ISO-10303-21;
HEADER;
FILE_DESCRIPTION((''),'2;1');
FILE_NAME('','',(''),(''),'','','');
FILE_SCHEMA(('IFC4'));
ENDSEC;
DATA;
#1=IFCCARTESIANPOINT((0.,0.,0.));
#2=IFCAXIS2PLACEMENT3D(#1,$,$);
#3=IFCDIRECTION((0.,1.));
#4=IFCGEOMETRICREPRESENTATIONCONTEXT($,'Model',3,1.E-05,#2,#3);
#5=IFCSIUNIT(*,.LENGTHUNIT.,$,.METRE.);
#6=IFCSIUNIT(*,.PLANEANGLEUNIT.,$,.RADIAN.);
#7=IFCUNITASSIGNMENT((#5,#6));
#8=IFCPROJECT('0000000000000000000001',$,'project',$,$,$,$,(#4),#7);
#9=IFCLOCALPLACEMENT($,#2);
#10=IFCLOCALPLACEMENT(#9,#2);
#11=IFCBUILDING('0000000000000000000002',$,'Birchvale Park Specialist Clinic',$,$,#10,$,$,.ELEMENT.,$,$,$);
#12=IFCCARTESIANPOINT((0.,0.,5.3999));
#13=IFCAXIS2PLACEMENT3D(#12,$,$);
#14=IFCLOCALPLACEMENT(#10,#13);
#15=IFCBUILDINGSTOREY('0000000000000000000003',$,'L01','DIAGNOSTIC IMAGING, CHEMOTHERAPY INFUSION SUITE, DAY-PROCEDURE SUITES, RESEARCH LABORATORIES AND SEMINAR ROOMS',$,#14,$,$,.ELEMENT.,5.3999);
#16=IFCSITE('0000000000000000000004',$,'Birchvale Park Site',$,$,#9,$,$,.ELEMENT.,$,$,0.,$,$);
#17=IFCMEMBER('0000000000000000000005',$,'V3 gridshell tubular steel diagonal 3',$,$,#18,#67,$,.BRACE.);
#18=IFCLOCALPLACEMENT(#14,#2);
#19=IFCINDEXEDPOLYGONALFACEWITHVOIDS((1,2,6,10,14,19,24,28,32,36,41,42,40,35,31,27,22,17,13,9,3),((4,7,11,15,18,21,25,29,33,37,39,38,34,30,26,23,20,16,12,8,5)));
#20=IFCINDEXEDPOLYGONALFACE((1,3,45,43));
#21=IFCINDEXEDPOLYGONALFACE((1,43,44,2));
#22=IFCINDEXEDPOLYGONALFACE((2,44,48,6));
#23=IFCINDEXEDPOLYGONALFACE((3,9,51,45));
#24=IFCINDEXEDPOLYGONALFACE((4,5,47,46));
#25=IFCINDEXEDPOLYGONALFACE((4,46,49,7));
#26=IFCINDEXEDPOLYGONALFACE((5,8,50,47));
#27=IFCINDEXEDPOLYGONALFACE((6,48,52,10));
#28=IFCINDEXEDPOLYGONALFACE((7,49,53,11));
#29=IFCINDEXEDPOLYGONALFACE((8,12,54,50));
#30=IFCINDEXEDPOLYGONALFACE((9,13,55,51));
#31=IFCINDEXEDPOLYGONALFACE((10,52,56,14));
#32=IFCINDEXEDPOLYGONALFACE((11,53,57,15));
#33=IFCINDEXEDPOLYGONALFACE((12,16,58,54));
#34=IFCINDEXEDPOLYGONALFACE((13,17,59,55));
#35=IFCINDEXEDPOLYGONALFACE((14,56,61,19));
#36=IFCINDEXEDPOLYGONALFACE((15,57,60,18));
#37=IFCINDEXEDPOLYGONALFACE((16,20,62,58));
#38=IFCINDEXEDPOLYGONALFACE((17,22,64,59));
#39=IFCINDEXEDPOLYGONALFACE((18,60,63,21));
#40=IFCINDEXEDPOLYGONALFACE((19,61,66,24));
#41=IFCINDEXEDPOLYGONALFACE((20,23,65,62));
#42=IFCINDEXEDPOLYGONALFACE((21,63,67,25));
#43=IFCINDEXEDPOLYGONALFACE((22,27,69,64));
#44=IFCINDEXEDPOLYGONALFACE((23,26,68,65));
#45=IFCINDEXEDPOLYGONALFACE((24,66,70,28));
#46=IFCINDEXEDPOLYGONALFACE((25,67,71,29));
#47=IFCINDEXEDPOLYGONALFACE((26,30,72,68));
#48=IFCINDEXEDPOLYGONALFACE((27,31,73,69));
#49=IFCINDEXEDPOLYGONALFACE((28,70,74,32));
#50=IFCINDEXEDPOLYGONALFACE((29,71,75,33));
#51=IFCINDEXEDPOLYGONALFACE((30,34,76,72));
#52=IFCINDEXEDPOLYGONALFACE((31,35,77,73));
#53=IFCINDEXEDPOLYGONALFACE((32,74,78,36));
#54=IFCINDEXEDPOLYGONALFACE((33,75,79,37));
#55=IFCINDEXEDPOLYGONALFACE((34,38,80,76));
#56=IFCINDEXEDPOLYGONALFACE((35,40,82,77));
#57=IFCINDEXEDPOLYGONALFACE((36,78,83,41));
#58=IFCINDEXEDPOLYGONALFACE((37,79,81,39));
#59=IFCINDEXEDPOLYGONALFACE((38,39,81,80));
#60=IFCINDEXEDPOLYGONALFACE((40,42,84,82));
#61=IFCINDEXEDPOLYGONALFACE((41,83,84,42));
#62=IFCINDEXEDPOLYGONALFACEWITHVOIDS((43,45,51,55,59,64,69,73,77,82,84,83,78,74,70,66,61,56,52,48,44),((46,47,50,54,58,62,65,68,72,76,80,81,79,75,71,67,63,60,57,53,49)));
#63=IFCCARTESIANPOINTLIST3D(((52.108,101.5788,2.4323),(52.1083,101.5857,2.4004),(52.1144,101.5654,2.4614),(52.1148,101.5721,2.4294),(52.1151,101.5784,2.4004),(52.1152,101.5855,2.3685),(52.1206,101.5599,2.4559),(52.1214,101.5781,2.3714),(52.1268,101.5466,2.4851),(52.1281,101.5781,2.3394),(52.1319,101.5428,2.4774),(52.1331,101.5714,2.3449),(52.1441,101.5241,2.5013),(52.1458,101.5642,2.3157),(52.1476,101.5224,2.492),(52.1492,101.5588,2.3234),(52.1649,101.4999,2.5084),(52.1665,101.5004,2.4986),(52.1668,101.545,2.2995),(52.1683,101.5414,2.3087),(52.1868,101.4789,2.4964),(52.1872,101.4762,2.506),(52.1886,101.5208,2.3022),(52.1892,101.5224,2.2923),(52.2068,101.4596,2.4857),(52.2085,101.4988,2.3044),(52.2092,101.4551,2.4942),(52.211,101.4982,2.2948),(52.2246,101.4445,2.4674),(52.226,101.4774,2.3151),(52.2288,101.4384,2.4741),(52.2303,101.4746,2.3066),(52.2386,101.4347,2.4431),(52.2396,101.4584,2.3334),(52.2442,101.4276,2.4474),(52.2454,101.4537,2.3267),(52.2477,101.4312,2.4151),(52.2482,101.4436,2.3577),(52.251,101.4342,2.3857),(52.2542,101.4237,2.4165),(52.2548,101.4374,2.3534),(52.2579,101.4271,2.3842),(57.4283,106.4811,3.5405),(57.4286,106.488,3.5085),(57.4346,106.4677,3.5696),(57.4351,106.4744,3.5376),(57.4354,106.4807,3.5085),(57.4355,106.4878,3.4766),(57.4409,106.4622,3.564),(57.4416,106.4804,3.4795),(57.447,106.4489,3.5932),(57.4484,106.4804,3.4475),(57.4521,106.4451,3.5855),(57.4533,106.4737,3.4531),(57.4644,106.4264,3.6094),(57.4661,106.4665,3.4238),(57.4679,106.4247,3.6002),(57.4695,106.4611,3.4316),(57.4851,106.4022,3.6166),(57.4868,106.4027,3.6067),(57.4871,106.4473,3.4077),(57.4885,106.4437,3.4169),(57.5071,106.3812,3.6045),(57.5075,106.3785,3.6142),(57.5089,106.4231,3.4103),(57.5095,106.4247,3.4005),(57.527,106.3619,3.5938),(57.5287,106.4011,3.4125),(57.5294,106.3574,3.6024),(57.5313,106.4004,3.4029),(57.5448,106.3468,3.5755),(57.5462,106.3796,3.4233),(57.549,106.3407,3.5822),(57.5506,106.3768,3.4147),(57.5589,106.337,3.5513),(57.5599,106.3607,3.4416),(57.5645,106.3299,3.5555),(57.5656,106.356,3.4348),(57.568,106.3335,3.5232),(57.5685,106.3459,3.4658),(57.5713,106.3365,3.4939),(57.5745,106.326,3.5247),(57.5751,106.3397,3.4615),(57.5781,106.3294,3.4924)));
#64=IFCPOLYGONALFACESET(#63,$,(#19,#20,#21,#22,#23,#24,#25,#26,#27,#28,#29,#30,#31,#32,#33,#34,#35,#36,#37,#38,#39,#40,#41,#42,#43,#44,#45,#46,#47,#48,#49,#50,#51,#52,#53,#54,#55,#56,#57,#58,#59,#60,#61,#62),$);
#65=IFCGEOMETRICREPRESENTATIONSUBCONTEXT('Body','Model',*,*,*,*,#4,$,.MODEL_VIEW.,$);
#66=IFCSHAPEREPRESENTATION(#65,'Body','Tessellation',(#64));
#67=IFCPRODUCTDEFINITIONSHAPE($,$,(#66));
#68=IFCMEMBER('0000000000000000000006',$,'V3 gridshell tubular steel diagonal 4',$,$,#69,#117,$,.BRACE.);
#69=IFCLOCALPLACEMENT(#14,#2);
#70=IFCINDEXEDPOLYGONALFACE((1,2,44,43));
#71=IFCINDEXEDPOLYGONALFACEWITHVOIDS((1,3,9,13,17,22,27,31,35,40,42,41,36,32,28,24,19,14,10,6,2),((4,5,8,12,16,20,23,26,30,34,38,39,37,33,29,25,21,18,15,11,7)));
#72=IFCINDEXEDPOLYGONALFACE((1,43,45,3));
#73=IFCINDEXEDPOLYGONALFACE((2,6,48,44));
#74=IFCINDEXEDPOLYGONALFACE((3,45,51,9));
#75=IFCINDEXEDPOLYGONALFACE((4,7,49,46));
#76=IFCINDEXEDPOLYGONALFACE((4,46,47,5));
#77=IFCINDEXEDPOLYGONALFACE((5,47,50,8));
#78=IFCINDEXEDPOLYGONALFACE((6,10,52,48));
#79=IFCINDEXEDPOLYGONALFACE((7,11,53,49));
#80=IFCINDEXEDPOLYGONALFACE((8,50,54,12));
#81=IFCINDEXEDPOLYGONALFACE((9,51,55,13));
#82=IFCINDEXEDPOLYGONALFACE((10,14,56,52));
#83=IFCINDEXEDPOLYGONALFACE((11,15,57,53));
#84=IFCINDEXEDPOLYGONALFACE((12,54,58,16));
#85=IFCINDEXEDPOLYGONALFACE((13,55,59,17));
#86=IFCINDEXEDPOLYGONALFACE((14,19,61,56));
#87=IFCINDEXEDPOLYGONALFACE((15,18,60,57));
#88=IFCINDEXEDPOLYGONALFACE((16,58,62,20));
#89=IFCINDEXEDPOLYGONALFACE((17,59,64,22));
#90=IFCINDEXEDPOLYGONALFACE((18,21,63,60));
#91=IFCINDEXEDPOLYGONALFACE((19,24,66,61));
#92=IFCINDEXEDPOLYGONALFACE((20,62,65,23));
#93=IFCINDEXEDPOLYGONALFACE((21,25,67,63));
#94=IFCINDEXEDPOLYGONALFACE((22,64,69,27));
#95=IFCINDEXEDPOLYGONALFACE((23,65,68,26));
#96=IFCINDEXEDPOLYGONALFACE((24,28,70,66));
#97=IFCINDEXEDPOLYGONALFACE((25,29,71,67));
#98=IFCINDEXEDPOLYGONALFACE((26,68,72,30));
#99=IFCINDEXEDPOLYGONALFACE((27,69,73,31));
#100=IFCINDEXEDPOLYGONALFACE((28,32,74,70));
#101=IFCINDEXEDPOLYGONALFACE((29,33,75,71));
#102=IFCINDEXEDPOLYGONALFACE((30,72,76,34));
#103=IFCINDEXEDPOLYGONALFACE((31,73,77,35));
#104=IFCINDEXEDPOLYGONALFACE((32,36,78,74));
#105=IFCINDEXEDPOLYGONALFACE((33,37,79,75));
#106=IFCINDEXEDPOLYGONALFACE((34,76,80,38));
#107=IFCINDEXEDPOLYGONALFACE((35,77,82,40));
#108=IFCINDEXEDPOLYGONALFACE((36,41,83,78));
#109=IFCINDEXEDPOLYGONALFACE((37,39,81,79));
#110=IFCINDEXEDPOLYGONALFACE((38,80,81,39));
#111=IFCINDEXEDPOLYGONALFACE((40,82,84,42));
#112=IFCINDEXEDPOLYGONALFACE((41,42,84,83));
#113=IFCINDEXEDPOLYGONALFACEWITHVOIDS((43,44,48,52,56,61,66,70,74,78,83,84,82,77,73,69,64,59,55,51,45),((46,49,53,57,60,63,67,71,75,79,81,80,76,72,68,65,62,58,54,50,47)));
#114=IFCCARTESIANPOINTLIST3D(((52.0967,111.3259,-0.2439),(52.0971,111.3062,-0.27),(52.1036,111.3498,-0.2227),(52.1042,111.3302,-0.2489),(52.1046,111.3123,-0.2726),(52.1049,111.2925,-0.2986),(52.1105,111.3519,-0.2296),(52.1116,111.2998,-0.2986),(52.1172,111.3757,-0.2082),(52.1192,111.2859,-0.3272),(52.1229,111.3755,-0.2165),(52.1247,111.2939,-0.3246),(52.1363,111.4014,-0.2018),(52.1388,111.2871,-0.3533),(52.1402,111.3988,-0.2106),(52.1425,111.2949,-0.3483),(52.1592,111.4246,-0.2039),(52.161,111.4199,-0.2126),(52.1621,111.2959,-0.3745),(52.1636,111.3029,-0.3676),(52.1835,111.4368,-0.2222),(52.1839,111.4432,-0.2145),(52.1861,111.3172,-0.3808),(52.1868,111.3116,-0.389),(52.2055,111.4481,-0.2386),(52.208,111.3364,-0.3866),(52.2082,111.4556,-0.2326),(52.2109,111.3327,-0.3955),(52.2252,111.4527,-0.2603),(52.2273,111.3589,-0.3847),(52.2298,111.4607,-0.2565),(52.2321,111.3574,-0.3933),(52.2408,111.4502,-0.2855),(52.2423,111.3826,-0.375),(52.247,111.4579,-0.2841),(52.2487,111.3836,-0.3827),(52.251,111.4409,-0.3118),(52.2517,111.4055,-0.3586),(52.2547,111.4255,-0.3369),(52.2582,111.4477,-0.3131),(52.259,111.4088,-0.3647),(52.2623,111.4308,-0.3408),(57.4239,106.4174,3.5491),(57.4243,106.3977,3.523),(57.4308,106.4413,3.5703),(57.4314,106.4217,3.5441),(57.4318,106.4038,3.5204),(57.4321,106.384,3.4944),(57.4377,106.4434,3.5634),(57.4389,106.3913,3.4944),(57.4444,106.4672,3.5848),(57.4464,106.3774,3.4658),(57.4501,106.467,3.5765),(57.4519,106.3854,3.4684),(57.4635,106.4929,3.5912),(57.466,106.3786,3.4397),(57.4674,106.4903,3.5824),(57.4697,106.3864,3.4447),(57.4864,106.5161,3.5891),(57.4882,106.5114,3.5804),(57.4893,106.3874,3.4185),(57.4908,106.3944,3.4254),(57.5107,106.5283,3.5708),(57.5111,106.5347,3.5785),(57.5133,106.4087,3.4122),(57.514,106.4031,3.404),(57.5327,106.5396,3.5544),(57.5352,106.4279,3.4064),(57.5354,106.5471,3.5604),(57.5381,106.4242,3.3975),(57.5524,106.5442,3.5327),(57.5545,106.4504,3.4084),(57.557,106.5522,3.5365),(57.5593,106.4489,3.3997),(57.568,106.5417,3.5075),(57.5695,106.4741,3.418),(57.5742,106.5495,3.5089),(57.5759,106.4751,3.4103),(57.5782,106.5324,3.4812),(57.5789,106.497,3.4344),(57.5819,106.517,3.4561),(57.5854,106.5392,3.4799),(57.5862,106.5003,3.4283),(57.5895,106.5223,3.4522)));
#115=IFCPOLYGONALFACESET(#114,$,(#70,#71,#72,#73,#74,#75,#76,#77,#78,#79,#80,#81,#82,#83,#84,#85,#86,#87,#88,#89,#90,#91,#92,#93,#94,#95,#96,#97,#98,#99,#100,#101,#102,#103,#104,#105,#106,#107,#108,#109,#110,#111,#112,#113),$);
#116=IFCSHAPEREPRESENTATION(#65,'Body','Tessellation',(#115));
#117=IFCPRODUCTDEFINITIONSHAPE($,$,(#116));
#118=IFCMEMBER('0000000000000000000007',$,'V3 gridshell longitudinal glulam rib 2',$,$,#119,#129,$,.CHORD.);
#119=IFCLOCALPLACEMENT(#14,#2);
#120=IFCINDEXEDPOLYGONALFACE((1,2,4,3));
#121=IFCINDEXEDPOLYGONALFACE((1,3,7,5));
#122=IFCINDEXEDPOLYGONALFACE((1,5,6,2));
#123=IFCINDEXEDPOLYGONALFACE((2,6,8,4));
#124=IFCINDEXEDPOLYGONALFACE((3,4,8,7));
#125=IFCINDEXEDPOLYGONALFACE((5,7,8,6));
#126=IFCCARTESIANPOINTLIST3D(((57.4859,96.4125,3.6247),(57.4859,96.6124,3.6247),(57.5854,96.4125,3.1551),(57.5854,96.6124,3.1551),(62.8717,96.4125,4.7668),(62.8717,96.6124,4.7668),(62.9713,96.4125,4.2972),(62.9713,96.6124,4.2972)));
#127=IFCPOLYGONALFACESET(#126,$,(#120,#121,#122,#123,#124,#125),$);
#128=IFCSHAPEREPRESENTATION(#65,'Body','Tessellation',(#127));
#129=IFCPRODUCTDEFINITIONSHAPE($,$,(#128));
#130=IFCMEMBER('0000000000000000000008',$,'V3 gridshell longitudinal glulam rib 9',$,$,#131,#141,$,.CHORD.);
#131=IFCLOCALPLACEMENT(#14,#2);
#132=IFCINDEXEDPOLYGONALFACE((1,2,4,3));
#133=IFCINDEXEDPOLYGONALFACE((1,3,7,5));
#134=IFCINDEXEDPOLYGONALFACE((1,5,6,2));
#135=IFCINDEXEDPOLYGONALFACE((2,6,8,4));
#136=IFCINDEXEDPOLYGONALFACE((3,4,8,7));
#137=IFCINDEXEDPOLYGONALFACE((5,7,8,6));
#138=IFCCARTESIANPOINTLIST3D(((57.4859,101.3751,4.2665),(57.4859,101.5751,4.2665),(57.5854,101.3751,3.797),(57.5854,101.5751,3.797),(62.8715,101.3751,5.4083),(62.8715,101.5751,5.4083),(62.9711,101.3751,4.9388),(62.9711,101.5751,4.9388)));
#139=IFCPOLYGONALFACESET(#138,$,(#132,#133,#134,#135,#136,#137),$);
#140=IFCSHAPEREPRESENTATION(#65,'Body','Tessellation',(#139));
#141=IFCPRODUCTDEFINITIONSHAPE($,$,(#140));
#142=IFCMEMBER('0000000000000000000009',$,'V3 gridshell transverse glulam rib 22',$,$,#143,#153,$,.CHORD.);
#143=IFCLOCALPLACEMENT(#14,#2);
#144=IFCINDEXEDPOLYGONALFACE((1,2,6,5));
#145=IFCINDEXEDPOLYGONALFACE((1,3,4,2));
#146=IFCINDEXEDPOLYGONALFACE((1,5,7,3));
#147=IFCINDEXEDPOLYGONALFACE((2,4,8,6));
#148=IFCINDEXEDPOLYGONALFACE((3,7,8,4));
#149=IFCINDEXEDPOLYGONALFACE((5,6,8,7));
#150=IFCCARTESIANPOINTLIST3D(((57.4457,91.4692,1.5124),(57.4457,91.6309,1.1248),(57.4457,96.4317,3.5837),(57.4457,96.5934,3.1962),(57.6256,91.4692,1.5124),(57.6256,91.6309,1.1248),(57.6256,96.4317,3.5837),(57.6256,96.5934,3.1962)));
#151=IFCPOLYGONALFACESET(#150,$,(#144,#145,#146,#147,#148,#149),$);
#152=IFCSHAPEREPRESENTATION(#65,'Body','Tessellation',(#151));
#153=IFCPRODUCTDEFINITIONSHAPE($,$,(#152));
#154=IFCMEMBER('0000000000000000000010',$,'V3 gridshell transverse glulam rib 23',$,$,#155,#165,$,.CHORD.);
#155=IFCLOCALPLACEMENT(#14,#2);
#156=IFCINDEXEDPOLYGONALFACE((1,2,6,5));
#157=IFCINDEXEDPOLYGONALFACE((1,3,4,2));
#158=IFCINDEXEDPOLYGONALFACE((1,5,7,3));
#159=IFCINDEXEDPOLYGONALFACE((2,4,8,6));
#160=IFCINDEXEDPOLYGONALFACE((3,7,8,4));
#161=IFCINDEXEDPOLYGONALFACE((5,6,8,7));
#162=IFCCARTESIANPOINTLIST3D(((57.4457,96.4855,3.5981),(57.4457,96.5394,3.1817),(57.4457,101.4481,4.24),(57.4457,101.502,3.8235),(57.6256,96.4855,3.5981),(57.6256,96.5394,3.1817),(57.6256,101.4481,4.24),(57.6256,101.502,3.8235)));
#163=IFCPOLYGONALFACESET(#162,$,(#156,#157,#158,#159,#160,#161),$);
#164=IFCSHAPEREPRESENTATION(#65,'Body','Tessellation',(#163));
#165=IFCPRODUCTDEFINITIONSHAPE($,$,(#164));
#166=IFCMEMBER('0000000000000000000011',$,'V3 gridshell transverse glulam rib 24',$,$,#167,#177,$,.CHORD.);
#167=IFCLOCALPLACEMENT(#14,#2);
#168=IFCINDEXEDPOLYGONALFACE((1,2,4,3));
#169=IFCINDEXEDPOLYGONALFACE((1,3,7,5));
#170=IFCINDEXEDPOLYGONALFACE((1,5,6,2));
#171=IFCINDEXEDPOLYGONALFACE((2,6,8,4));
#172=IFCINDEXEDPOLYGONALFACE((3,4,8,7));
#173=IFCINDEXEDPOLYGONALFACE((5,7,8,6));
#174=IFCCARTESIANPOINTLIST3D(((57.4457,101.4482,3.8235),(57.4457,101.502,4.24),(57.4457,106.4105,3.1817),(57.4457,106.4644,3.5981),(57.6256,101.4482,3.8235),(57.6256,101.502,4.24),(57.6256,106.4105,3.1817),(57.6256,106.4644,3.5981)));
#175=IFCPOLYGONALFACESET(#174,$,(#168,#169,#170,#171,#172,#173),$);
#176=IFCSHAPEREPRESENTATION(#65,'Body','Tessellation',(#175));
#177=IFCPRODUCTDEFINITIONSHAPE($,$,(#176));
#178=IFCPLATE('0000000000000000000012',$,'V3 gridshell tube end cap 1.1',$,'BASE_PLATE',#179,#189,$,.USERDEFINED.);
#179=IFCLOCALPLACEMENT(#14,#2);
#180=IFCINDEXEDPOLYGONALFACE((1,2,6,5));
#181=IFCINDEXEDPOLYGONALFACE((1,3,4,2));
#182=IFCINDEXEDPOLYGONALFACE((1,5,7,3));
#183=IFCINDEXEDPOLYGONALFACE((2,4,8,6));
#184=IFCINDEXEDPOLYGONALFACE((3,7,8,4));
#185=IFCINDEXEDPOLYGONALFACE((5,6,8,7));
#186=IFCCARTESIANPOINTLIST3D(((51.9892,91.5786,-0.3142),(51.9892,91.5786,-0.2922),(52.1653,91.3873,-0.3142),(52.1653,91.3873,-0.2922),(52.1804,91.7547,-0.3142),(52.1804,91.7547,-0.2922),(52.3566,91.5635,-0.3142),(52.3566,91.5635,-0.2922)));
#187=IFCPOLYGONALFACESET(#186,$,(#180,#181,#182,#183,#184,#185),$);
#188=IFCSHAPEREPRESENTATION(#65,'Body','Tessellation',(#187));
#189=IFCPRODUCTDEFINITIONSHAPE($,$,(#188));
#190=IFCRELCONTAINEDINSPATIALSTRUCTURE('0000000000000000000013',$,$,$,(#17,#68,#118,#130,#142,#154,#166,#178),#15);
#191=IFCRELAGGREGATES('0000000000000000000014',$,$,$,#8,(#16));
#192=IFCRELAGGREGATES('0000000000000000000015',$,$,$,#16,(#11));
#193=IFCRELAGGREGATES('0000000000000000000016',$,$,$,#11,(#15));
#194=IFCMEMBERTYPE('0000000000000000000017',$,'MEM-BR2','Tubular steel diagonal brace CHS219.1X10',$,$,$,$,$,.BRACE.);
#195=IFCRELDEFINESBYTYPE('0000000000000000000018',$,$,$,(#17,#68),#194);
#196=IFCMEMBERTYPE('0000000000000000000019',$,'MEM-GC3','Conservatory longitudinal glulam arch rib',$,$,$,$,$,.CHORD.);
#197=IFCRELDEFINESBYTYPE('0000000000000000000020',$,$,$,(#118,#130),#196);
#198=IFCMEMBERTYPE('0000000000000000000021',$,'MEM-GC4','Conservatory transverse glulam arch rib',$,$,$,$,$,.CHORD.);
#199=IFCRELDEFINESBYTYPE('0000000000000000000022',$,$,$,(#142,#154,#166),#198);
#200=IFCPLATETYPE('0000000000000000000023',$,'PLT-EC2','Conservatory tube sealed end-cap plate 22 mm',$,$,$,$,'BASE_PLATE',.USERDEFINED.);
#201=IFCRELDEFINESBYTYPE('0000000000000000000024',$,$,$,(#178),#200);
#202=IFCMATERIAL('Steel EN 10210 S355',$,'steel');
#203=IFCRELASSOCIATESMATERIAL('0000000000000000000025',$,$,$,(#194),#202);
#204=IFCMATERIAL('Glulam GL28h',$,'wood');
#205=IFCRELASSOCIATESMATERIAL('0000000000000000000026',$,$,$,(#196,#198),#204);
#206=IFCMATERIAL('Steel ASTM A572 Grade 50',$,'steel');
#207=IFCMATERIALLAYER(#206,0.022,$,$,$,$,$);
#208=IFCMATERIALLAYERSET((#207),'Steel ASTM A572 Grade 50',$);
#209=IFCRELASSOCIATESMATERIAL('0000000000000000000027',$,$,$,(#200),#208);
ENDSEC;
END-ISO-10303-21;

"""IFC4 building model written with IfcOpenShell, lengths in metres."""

from ifc_helpers import new_model, si_unit, direction, frame, origin, origin_2d, place, context, subcontext, project, spatial, rectangle, hollow_circle, extrude, material, layer, layer_set, material_profile, profile_set, type_object, element, save


model = new_model("IFC4")

# Units and contexts
model_context = context("Model", 3, precision=1e-05, world=origin(), true_north=direction((0.0, 1.0)))
body_context = subcontext(model_context, "Body", "Model", "MODEL_VIEW")
ifc_project = project(units=[si_unit("LENGTHUNIT", "METRE"), si_unit("PLANEANGLEUNIT", "RADIAN")], contexts=[model_context])

# Site, building, storey
site_placement = place(None, origin())
site = spatial("IfcSite", under=ifc_project, at=site_placement, Name="Birchvale Park Site", CompositionType="ELEMENT", RefElevation=0.0)
building_placement = place(site_placement, origin())
building = spatial("IfcBuilding", under=site, at=building_placement, Name="Birchvale Park Specialist Clinic", CompositionType="ELEMENT")
storey_placement = place(building_placement, frame((0.0, 0.0, 5.3999)))
storey = spatial("IfcBuildingStorey", under=building, at=storey_placement, Name="L01", Description="DIAGNOSTIC IMAGING, CHEMOTHERAPY INFUSION SUITE, DAY-PROCEDURE SUITES, RESEARCH LABORATORIES AND SEMINAR ROOMS", CompositionType="ELEMENT", Elevation=5.3999)

# Members
ifc_material_1 = material(Name="Steel EN 10210 S355", Category="steel")
ifc_material_profile_1 = material_profile(ifc_material_1, hollow_circle(Radius=0.1096, WallThickness=0.01, at=origin_2d()), Name="CHS219.1X10")
ifc_profile_set_1 = profile_set([ifc_material_profile_1], Name="Steel EN 10210 S355")
member_type_1 = type_object("IfcMemberType", Name="MEM-BR2", Description="Tubular steel diagonal brace CHS219.1X10", PredefinedType="BRACE", material=ifc_profile_set_1)
for number, where, z_axis, x_axis, name in (
    (1, (52.1826, 101.5051, 2.4004), (0.726925, 0.669817, 0.151409), (-0.677629, 0.735403, 0.0), "V3 gridshell tubular steel diagonal 3"),
):
    element("IfcMember", number, at=place(storey_placement, frame(where, z_axis=z_axis, x_axis=x_axis)), inside=storey, type_object=member_type_1, Name=name, PredefinedType="BRACE", context=body_context, shape_type="SweptSolid", body=[
        extrude(hollow_circle(Radius=0.1096, WallThickness=0.01, at=origin_2d()), origin(), (0.0, 0.0, 1.0), 7.3188),
    ])
member_1_placement = place(storey_placement, frame((57.5063, 106.4646, 3.4944), z_axis=(-0.651506, 0.600299, -0.463877), x_axis=(-0.677615, -0.735417, 0.0)))
element("IfcMember", 2, at=member_1_placement, inside=storey, type_object=member_type_1, Name="V3 gridshell tubular steel diagonal 4", PredefinedType="BRACE", context=body_context, shape_type="SweptSolid", body=[
    extrude(hollow_circle(Radius=0.1096, WallThickness=0.01, at=origin_2d()), origin(), (0.0, 0.0, 1.0), 8.1768),
])
ifc_material_2 = material(Name="Glulam GL28h", Category="wood")
ifc_material_profile_2 = material_profile(ifc_material_2, rectangle(XDim=0.2, YDim=0.48, at=origin_2d()), Name="GL-200x480")
ifc_profile_set_2 = profile_set([ifc_material_profile_2], Name="Glulam GL28h")
member_type_2 = type_object("IfcMemberType", Name="MEM-GC3", Description="Conservatory longitudinal glulam arch rib", PredefinedType="CHORD", material=ifc_profile_set_2)
member_2_placement = place(storey_placement, frame((57.5356, 96.5125, 3.3899), z_axis=(0.978247, 0.0, 0.207445), x_axis=(0.0, 1.0, 0.0)))
element("IfcMember", 3, at=member_2_placement, inside=storey, type_object=member_type_2, Name="V3 gridshell longitudinal glulam rib 2", PredefinedType="CHORD", context=body_context, shape_type="SweptSolid", body=[
    extrude(rectangle(XDim=0.2, YDim=0.48, at=origin_2d()), origin(), (0.0, 0.0, 1.0), 5.5056),
])
member_3_placement = place(storey_placement, frame((57.5356, 101.4751, 4.0317), z_axis=(0.978256, 0.0, 0.207403), x_axis=(0.0, 1.0, 0.0)))
element("IfcMember", 4, at=member_3_placement, inside=storey, type_object=member_type_2, Name="V3 gridshell longitudinal glulam rib 9", PredefinedType="CHORD", context=body_context, shape_type="SweptSolid", body=[
    extrude(rectangle(XDim=0.2, YDim=0.48, at=origin_2d()), origin(), (0.0, 0.0, 1.0), 5.5054),
])
ifc_material_profile_3 = material_profile(ifc_material_2, rectangle(XDim=0.1799, YDim=0.4199, at=origin_2d()), Name="GL-180x420")
ifc_profile_set_3 = profile_set([ifc_material_profile_3], Name="Glulam GL28h")
member_type_3 = type_object("IfcMemberType", Name="MEM-GC4", Description="Conservatory transverse glulam arch rib", PredefinedType="CHORD", material=ifc_profile_set_3)
member_4_placement = place(storey_placement, frame((57.5356, 91.55, 1.3186), z_axis=(0.0, 0.922838, 0.385189), x_axis=(-1.0, 0.0, 0.0)))
element("IfcMember", 5, at=member_4_placement, inside=storey, type_object=member_type_3, Name="V3 gridshell transverse glulam rib 22", PredefinedType="CHORD", context=body_context, shape_type="SweptSolid", body=[
    extrude(rectangle(XDim=0.1799, YDim=0.4199, at=origin_2d()), origin(), (0.0, 0.0, 1.0), 5.3774),
])
member_5_placement = place(storey_placement, frame((57.5356, 96.5125, 3.3899), z_axis=(0.0, 0.99174, 0.128267), x_axis=(-1.0, 0.0, 0.0)))
element("IfcMember", 6, at=member_5_placement, inside=storey, type_object=member_type_3, Name="V3 gridshell transverse glulam rib 23", PredefinedType="CHORD", context=body_context, shape_type="SweptSolid", body=[
    extrude(rectangle(XDim=0.1799, YDim=0.4199, at=origin_2d()), origin(), (0.0, 0.0, 1.0), 5.0039),
])
member_6_placement = place(storey_placement, frame((57.5356, 101.4751, 4.0317), z_axis=(0.0, 0.991739, -0.128273), x_axis=(-1.0, 0.0, 0.0)))
element("IfcMember", 7, at=member_6_placement, inside=storey, type_object=member_type_3, Name="V3 gridshell transverse glulam rib 24", PredefinedType="CHORD", context=body_context, shape_type="SweptSolid", body=[
    extrude(rectangle(XDim=0.1799, YDim=0.4199, at=origin_2d()), origin(), (0.0, 0.0, 1.0), 5.0037),
])

# Plate
ifc_material_3 = material(Name="Steel ASTM A572 Grade 50", Category="steel")
ifc_layer_1 = layer(ifc_material_3, 0.022)
ifc_layer_set_1 = layer_set([ifc_layer_1], Name="Steel ASTM A572 Grade 50")
plate_type_1 = type_object("IfcPlateType", Name="PLT-EC2", Description="Conservatory tube sealed end-cap plate 22 mm", ElementType="BASE_PLATE", PredefinedType="USERDEFINED", material=ifc_layer_set_1)
for number, where, z_axis, x_axis, name in (
    (8, (52.1729, 91.571, -0.3142), (0.0, 0.0, 1.0), (0.735388, 0.677646, 0.0), "V3 gridshell tube end cap 1.1"),
):
    element("IfcPlate", number, at=place(storey_placement, frame(where, z_axis=z_axis, x_axis=x_axis)), inside=storey, type_object=plate_type_1, Name=name, ObjectType="BASE_PLATE", PredefinedType="USERDEFINED", context=body_context, shape_type="SweptSolid", body=[
        extrude(rectangle(XDim=0.26, YDim=0.26, at=origin_2d()), origin(), (0.0, 0.0, 1.0), 0.022),
    ])

save(model, "model.ifc")
